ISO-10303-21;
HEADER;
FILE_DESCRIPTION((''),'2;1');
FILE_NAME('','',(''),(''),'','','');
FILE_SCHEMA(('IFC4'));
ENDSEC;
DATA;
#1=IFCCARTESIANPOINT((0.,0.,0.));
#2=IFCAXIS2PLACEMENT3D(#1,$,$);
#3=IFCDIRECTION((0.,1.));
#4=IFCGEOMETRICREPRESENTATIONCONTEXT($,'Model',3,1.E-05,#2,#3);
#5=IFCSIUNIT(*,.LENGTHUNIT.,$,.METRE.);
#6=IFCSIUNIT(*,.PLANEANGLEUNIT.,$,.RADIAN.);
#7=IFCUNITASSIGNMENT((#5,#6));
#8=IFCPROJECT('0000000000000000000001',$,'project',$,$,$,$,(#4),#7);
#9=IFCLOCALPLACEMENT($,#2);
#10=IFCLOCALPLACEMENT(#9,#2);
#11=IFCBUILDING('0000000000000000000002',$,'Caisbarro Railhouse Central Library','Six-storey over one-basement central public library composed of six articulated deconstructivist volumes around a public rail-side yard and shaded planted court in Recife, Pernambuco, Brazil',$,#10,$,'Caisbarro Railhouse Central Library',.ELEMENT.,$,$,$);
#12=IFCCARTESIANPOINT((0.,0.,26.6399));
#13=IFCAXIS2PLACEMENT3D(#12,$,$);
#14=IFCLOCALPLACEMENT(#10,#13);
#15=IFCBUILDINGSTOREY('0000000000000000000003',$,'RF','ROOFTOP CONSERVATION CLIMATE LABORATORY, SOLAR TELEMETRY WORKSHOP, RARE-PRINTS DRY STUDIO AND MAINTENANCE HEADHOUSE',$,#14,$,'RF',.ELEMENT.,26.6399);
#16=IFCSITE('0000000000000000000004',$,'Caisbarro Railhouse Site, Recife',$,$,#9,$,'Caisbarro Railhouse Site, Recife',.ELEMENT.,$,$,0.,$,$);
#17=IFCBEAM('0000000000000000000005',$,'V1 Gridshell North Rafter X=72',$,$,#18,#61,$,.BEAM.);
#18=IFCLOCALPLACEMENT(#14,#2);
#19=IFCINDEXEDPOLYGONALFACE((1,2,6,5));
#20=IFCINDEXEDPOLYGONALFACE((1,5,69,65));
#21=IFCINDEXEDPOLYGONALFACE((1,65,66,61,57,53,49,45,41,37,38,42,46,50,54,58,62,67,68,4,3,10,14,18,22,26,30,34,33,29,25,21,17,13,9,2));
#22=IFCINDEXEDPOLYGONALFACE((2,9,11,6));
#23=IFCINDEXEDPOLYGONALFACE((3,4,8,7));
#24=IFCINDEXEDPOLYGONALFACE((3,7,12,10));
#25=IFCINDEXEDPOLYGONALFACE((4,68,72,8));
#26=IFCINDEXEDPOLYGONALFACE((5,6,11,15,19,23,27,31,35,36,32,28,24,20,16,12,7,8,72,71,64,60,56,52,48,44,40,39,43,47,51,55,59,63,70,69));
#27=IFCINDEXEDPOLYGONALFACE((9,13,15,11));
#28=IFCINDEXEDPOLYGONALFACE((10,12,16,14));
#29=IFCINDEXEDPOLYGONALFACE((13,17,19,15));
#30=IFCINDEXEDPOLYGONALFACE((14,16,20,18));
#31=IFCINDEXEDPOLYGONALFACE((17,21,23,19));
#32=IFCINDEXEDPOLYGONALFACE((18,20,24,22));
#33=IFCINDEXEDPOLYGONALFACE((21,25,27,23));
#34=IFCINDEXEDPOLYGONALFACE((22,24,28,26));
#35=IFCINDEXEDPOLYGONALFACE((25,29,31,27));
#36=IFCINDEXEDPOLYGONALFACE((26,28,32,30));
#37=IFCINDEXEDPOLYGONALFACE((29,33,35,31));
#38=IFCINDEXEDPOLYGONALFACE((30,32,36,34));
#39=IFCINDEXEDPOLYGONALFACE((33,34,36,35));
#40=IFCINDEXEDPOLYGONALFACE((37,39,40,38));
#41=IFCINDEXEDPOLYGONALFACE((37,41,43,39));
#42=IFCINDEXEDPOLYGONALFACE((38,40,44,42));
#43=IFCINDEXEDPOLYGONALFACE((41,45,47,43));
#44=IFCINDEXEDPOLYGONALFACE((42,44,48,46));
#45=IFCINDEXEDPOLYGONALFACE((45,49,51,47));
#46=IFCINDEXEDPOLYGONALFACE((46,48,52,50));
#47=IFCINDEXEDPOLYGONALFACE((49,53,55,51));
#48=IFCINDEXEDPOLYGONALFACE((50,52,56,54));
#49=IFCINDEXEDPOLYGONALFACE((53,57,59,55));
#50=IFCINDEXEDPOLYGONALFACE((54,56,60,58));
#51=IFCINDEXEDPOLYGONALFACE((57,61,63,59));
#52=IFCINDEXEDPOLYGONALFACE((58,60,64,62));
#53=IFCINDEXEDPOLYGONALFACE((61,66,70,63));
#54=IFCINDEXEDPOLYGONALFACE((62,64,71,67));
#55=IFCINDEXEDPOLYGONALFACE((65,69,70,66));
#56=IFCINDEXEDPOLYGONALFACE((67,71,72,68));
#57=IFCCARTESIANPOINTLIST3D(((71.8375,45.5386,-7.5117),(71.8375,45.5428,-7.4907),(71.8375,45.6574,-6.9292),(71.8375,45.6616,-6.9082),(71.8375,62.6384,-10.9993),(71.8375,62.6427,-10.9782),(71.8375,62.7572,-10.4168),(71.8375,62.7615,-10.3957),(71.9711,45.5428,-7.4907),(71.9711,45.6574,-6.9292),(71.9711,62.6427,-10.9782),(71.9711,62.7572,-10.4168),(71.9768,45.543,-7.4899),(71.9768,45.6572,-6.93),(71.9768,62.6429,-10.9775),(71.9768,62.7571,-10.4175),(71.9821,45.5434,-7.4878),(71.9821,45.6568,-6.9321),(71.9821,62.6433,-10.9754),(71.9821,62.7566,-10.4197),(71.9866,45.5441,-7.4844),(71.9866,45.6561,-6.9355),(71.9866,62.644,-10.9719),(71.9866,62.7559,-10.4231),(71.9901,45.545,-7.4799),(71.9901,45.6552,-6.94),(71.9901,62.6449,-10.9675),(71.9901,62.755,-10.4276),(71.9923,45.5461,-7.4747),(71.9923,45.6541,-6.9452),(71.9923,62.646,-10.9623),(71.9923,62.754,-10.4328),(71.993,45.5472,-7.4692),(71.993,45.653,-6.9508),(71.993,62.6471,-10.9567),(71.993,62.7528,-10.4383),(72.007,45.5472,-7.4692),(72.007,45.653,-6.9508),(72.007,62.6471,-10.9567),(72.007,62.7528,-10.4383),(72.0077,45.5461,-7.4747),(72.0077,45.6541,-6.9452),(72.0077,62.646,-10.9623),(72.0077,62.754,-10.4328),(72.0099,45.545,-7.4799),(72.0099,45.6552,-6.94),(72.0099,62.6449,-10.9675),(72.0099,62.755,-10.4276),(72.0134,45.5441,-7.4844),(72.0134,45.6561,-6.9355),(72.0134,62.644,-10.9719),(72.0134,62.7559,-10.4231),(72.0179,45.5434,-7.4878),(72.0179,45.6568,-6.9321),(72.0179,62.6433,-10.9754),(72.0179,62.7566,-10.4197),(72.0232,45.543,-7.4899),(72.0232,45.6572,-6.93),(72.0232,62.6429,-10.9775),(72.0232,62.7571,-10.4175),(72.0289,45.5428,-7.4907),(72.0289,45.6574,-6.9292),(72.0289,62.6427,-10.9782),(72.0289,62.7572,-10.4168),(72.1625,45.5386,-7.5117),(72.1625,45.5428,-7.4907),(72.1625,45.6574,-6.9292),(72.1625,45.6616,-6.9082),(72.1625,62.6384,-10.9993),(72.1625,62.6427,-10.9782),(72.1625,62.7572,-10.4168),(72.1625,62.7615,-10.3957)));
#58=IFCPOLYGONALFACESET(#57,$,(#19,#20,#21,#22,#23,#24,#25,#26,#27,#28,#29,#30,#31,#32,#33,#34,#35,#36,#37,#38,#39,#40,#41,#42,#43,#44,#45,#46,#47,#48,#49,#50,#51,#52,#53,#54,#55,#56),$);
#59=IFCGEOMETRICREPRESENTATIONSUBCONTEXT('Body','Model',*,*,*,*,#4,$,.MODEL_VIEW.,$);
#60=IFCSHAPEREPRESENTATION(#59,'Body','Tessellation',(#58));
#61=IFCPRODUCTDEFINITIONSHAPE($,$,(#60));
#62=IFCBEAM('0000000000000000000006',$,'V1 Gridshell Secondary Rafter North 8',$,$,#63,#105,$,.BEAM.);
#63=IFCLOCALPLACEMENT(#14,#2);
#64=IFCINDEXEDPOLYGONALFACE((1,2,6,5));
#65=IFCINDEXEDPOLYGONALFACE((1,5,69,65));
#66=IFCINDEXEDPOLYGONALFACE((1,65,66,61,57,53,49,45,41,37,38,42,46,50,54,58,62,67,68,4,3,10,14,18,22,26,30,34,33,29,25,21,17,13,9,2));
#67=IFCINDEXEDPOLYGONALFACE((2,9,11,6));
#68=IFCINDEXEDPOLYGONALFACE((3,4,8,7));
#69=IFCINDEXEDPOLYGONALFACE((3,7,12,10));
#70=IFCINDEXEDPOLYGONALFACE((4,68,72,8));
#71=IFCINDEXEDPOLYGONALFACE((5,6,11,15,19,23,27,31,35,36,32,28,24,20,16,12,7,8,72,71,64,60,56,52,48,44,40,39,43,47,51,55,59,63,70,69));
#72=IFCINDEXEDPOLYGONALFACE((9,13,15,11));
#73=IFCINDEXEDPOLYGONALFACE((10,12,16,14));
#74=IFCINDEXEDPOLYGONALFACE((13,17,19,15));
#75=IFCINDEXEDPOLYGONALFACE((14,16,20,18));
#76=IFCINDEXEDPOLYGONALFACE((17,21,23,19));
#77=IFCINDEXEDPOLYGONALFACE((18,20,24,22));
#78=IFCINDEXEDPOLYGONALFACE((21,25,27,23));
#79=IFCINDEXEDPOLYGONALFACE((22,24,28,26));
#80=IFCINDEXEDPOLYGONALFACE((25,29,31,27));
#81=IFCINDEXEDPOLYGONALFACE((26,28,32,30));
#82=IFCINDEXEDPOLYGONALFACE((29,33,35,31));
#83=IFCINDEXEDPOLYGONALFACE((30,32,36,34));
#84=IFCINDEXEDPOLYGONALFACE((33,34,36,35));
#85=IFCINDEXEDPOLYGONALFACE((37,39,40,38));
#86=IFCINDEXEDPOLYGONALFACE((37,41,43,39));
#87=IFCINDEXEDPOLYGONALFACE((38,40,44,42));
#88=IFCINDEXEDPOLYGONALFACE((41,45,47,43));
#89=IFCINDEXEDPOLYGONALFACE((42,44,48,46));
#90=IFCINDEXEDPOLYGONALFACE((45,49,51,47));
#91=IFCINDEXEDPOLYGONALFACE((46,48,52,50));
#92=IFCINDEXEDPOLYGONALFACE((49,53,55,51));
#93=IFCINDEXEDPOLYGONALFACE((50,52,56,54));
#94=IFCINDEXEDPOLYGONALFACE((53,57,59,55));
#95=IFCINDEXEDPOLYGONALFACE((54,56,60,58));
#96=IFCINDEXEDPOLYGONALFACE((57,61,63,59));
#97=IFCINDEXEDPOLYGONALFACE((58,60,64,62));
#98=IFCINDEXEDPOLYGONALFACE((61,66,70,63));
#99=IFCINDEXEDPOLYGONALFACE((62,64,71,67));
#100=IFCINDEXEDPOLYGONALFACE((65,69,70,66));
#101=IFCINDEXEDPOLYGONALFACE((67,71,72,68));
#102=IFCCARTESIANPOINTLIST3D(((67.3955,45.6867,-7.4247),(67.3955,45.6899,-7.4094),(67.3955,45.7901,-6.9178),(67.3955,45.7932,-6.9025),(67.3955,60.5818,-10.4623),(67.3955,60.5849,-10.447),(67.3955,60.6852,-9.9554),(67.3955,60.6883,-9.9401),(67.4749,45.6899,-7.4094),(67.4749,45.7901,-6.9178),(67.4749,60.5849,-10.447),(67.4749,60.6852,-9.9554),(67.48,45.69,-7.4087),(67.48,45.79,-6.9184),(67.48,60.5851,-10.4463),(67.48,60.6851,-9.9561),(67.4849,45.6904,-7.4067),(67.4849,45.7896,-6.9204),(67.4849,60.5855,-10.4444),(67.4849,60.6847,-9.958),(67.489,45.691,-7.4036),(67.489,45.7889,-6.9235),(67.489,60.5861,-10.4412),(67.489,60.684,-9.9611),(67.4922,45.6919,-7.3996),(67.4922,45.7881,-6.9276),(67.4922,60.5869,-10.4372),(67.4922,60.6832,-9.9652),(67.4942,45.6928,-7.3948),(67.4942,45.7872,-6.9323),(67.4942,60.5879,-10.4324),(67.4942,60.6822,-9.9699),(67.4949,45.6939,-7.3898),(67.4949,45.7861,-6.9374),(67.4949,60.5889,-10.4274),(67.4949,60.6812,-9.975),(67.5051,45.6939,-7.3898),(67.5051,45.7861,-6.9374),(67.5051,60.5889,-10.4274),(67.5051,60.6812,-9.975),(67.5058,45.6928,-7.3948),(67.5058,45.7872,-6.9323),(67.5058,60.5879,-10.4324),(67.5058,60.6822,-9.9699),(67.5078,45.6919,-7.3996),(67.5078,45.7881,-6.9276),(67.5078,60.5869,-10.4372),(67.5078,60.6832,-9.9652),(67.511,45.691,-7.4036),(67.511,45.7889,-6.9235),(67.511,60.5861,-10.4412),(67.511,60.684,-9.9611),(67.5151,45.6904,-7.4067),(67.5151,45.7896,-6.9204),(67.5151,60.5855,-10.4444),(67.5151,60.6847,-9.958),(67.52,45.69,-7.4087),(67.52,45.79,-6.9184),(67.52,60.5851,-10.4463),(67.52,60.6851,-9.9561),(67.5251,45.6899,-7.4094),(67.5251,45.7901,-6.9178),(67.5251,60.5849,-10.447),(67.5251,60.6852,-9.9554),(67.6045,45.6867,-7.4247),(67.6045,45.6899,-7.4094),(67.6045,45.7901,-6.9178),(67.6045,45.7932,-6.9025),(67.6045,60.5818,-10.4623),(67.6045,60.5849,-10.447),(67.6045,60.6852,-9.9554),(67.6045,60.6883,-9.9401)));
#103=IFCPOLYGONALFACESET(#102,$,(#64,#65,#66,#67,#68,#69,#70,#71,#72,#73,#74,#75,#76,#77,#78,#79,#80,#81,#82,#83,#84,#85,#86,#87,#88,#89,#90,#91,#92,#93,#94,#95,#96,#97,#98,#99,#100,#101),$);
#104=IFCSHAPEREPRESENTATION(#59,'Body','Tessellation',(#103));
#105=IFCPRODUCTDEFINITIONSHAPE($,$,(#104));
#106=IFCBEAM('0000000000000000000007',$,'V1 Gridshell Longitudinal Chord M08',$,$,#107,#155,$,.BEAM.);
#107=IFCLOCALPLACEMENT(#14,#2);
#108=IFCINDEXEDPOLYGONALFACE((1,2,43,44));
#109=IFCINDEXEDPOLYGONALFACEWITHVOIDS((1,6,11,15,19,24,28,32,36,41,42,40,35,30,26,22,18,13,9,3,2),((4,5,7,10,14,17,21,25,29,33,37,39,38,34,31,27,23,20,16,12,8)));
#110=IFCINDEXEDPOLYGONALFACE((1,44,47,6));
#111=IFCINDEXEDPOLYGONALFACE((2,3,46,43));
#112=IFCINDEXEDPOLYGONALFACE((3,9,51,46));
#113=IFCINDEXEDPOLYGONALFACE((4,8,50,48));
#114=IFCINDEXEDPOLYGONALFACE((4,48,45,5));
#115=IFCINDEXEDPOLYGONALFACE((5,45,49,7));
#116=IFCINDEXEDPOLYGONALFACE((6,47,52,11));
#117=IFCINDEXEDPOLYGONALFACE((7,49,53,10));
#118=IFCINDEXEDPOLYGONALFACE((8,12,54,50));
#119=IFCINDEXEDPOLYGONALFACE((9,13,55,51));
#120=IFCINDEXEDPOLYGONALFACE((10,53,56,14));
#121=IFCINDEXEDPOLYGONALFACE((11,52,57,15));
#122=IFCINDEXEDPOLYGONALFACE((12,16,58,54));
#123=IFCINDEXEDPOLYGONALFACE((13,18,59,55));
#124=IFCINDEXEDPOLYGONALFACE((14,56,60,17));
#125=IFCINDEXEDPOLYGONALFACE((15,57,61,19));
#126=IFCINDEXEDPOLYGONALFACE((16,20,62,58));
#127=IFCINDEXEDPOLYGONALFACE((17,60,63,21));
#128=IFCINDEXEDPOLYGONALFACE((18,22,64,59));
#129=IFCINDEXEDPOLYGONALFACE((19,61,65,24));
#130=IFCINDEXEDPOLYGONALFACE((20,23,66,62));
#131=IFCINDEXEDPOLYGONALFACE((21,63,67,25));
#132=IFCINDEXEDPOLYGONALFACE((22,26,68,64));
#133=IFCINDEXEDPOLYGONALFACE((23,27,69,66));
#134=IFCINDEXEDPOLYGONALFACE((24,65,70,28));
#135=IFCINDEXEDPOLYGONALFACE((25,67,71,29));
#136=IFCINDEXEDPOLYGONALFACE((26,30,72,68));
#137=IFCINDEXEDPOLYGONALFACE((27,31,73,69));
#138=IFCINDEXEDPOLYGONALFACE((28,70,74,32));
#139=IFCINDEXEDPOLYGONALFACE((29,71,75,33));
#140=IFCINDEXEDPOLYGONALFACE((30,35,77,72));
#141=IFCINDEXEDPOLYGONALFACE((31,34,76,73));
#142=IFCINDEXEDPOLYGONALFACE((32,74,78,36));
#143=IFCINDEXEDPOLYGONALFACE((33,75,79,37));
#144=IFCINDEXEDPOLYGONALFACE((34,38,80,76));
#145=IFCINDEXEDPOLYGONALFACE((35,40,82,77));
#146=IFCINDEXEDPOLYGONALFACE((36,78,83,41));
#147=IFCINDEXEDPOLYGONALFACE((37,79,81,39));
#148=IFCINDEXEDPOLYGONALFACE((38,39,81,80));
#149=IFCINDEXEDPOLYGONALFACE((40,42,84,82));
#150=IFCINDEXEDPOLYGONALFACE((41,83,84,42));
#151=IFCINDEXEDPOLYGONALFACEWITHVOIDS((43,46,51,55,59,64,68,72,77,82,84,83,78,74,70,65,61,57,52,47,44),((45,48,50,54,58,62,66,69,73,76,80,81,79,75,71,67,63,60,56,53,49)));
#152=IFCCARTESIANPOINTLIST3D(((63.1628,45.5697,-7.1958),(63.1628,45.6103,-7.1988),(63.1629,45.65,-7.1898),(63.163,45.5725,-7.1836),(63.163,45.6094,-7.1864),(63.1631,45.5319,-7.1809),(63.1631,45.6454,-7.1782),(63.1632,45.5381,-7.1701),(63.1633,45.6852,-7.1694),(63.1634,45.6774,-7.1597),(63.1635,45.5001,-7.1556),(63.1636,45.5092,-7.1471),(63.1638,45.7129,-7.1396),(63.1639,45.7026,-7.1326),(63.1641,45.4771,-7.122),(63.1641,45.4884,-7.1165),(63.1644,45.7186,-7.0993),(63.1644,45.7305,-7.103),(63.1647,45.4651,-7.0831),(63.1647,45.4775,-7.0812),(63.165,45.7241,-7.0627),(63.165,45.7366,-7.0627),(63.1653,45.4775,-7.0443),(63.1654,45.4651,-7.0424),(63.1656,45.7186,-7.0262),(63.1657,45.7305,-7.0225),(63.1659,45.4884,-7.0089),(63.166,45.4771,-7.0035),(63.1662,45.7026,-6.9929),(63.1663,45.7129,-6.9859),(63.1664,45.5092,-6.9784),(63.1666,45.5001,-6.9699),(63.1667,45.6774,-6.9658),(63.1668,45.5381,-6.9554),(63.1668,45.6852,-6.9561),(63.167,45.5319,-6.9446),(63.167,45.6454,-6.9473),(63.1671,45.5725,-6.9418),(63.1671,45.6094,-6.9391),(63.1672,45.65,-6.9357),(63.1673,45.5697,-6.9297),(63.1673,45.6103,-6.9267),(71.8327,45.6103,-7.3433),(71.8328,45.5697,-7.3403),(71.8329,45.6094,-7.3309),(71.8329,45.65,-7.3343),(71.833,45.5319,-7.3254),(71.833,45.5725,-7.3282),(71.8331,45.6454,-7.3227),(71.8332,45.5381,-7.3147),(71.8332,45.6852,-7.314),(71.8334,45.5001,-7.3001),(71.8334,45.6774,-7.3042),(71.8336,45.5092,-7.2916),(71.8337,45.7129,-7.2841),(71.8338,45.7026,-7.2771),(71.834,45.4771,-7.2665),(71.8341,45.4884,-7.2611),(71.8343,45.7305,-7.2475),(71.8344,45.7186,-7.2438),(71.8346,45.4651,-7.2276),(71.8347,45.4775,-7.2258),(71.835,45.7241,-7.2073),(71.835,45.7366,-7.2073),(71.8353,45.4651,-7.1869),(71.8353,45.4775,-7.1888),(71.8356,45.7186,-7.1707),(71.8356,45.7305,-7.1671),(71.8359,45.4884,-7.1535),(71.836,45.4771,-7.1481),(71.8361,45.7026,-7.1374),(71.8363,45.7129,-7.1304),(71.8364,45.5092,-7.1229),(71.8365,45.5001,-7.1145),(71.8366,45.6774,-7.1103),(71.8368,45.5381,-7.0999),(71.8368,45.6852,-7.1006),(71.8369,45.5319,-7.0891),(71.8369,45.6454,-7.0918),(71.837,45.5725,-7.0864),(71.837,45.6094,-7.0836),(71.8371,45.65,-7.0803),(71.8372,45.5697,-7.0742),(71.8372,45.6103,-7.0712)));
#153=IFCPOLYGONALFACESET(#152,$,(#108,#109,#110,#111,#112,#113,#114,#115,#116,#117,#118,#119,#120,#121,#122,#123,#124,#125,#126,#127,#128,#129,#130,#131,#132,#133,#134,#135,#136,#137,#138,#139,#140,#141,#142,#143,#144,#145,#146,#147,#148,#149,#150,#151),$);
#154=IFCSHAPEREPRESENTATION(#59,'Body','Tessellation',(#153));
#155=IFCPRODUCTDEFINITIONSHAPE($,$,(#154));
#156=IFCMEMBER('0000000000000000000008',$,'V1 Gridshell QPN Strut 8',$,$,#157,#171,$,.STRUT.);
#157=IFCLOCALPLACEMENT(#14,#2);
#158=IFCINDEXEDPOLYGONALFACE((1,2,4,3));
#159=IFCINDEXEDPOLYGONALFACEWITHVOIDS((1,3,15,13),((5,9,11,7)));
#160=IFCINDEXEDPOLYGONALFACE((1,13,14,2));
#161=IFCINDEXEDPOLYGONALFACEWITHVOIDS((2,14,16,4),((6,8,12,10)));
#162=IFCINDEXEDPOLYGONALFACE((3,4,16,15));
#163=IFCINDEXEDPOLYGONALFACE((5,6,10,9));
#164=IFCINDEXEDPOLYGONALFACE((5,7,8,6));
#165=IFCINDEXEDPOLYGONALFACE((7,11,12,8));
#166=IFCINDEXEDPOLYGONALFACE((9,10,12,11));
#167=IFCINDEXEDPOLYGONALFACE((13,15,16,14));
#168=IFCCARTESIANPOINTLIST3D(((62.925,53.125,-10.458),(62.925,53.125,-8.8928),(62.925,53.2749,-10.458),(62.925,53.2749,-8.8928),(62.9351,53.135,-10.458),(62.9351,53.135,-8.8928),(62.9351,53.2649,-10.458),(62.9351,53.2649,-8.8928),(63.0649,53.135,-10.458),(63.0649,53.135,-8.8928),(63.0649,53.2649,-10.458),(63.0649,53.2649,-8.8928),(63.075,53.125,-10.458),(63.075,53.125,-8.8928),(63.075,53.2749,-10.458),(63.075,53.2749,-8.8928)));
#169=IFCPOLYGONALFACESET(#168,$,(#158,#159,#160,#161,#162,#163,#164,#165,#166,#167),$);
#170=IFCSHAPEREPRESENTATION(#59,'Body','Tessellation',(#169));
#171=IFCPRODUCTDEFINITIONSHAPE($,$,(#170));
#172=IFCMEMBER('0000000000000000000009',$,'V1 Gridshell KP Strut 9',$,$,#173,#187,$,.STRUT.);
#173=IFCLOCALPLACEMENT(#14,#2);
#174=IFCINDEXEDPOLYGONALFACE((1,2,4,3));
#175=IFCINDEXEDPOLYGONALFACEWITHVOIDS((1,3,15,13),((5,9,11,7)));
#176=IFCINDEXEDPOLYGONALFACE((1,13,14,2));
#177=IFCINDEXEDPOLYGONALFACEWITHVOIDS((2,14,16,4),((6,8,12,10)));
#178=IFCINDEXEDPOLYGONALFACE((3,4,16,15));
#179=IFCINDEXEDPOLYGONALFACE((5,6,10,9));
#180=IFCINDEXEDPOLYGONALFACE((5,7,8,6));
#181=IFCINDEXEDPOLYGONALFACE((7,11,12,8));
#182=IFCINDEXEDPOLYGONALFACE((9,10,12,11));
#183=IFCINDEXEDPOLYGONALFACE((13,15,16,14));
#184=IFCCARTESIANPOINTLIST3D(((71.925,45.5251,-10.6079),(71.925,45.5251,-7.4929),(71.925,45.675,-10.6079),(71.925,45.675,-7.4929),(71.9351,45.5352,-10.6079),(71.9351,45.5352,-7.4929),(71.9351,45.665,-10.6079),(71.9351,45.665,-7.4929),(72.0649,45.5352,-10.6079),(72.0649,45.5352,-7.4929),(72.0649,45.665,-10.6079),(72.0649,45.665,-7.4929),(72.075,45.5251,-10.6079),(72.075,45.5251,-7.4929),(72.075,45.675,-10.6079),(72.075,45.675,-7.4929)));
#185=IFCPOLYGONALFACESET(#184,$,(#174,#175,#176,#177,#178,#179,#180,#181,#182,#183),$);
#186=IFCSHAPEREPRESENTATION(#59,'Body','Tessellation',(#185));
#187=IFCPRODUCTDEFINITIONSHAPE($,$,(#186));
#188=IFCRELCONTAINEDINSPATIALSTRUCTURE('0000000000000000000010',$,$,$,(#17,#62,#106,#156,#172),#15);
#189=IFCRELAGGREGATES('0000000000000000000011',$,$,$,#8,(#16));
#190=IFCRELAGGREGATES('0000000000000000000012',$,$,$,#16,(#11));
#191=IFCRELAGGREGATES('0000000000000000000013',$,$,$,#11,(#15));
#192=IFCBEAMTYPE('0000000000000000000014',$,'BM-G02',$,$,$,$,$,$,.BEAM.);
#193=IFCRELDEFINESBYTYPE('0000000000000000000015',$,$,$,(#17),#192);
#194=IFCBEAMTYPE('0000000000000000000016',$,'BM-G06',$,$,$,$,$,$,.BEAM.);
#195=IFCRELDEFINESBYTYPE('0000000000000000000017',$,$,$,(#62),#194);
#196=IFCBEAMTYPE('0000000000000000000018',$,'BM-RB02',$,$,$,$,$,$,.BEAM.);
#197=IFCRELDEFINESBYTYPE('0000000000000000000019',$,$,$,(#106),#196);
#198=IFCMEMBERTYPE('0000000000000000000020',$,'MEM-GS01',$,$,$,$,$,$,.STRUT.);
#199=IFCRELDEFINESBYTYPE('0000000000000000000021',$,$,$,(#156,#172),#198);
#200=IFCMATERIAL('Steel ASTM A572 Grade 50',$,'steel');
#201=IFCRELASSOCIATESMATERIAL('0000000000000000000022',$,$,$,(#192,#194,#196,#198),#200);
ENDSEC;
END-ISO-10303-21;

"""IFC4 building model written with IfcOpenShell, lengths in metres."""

from ifc_helpers import new_model, si_unit, direction, frame, origin, origin_2d, place, context, subcontext, project, spatial, hollow_rectangle, hollow_circle, i_section, extrude, material, material_profile, profile_set, type_object, element, save


model = new_model("IFC4")

# Units and contexts
model_context = context("Model", 3, precision=1e-05, world=origin(), true_north=direction((0.0, 1.0)))
body_context = subcontext(model_context, "Body", "Model", "MODEL_VIEW")
ifc_project = project(units=[si_unit("LENGTHUNIT", "METRE"), si_unit("PLANEANGLEUNIT", "RADIAN")], contexts=[model_context])

# Site, building, storey
site_placement = place(None, origin())
site = spatial("IfcSite", under=ifc_project, at=site_placement, Name="Caisbarro Railhouse Site, Recife", LongName="Caisbarro Railhouse Site, Recife", CompositionType="ELEMENT", RefElevation=0.0)
building_placement = place(site_placement, origin())
building = spatial("IfcBuilding", under=site, at=building_placement, Name="Caisbarro Railhouse Central Library", Description="Six-storey over one-basement central public library composed of six articulated deconstructivist volumes around a public rail-side yard and shaded planted court in Recife, Pernambuco, Brazil", LongName="Caisbarro Railhouse Central Library", CompositionType="ELEMENT")
storey_placement = place(building_placement, frame((0.0, 0.0, 26.6399)))
storey = spatial("IfcBuildingStorey", under=building, at=storey_placement, Name="RF", Description="ROOFTOP CONSERVATION CLIMATE LABORATORY, SOLAR TELEMETRY WORKSHOP, RARE-PRINTS DRY STUDIO AND MAINTENANCE HEADHOUSE", LongName="RF", CompositionType="ELEMENT", Elevation=26.6399)

# Beams
ifc_material_1 = material(Name="Steel ASTM A572 Grade 50", Category="steel")
ifc_material_profile_1 = material_profile(ifc_material_1, i_section(OverallWidth=0.325, OverallDepth=0.616, WebThickness=0.0139, FlangeThickness=0.0215, FilletRadius=0.022, at=origin_2d()), Name="W610X174.0")
ifc_profile_set_1 = profile_set([ifc_material_profile_1], Name="Steel ASTM A572 Grade 50")
beam_type_1 = type_object("IfcBeamType", Name="BM-G02", PredefinedType="BEAM", material=ifc_profile_set_1)
beam_1_placement = place(storey_placement, frame((72.0, 45.6001, -7.21), z_axis=(0.0, 0.979829, -0.199838), x_axis=(-1.0, 0.0, 0.0)))
element("IfcBeam", 1, at=beam_1_placement, inside=storey, type_object=beam_type_1, Name="V1 Gridshell North Rafter X=72", PredefinedType="BEAM", context=body_context, shape_type="SweptSolid", body=[
    extrude(i_section(OverallWidth=0.325, OverallDepth=0.616, WebThickness=0.0139, FlangeThickness=0.0215, FilletRadius=0.022, at=origin_2d()), origin(), (0.0, 0.0, 1.0), 17.4519),
])
ifc_material_profile_2 = material_profile(ifc_material_1, i_section(OverallWidth=0.209, OverallDepth=0.533, WebThickness=0.0103, FlangeThickness=0.0156, FilletRadius=0.02, at=origin_2d()), Name="W530X92.0")
ifc_profile_set_2 = profile_set([ifc_material_profile_2], Name="Steel ASTM A572 Grade 50")
beam_type_2 = type_object("IfcBeamType", Name="BM-G06", PredefinedType="BEAM", material=ifc_profile_set_2)
beam_2_placement = place(storey_placement, frame((67.5, 45.74, -7.1636), z_axis=(0.0, 0.979832, -0.199821), x_axis=(-1.0, 0.0, 0.0)))
element("IfcBeam", 2, at=beam_2_placement, inside=storey, type_object=beam_type_2, Name="V1 Gridshell Secondary Rafter North 8", PredefinedType="BEAM", context=body_context, shape_type="SweptSolid", body=[
    extrude(i_section(OverallWidth=0.209, OverallDepth=0.533, WebThickness=0.0103, FlangeThickness=0.0156, FilletRadius=0.02, at=origin_2d()), origin(), (0.0, 0.0, 1.0), 15.2017),
])
ifc_material_profile_3 = material_profile(ifc_material_1, hollow_circle(Radius=0.1365, WallThickness=0.0125, at=origin_2d()), Name="CHS273.0X12.5")
ifc_profile_set_3 = profile_set([ifc_material_profile_3], Name="Steel ASTM A572 Grade 50")
beam_type_3 = type_object("IfcBeamType", Name="BM-RB02", PredefinedType="BEAM", material=ifc_profile_set_3)
beam_3_placement = place(storey_placement, frame((63.165, 45.6001, -7.0627), z_axis=(0.999861, 0.0, -0.016668), x_axis=(0.0, 1.0, 0.0)))
element("IfcBeam", 3, at=beam_3_placement, inside=storey, type_object=beam_type_3, Name="V1 Gridshell Longitudinal Chord M08", PredefinedType="BEAM", context=body_context, shape_type="SweptSolid", body=[
    extrude(hollow_circle(Radius=0.1365, WallThickness=0.0125, at=origin_2d()), origin(), (0.0, 0.0, 1.0), 8.6711),
])

# Members
ifc_material_profile_4 = material_profile(ifc_material_1, hollow_rectangle(XDim=0.1499, YDim=0.1499, WallThickness=0.01, at=origin_2d()), Name="HSS150X150X10")
ifc_profile_set_4 = profile_set([ifc_material_profile_4], Name="Steel ASTM A572 Grade 50")
member_type_1 = type_object("IfcMemberType", Name="MEM-GS01", PredefinedType="STRUT", material=ifc_profile_set_4)
member_1_placement = place(storey_placement, frame((63.0, 53.2, -10.458), z_axis=(0.0, 0.0, 1.0), x_axis=(1.0, 0.0, 0.0)))
element("IfcMember", 4, at=member_1_placement, inside=storey, type_object=member_type_1, Name="V1 Gridshell QPN Strut 8", PredefinedType="STRUT", context=body_context, shape_type="SweptSolid", body=[
    extrude(hollow_rectangle(XDim=0.1499, YDim=0.1499, WallThickness=0.01, at=origin_2d()), origin(), (0.0, 0.0, 1.0), 1.5652),
])
member_2_placement = place(storey_placement, frame((72.0, 45.6001, -10.6079), z_axis=(0.0, 0.0, 1.0), x_axis=(1.0, 0.0, 0.0)))
element("IfcMember", 5, at=member_2_placement, inside=storey, type_object=member_type_1, Name="V1 Gridshell KP Strut 9", PredefinedType="STRUT", context=body_context, shape_type="SweptSolid", body=[
    extrude(hollow_rectangle(XDim=0.1499, YDim=0.1499, WallThickness=0.01, at=origin_2d()), origin(), (0.0, 0.0, 1.0), 3.115),
])

save(model, "model.ifc")
